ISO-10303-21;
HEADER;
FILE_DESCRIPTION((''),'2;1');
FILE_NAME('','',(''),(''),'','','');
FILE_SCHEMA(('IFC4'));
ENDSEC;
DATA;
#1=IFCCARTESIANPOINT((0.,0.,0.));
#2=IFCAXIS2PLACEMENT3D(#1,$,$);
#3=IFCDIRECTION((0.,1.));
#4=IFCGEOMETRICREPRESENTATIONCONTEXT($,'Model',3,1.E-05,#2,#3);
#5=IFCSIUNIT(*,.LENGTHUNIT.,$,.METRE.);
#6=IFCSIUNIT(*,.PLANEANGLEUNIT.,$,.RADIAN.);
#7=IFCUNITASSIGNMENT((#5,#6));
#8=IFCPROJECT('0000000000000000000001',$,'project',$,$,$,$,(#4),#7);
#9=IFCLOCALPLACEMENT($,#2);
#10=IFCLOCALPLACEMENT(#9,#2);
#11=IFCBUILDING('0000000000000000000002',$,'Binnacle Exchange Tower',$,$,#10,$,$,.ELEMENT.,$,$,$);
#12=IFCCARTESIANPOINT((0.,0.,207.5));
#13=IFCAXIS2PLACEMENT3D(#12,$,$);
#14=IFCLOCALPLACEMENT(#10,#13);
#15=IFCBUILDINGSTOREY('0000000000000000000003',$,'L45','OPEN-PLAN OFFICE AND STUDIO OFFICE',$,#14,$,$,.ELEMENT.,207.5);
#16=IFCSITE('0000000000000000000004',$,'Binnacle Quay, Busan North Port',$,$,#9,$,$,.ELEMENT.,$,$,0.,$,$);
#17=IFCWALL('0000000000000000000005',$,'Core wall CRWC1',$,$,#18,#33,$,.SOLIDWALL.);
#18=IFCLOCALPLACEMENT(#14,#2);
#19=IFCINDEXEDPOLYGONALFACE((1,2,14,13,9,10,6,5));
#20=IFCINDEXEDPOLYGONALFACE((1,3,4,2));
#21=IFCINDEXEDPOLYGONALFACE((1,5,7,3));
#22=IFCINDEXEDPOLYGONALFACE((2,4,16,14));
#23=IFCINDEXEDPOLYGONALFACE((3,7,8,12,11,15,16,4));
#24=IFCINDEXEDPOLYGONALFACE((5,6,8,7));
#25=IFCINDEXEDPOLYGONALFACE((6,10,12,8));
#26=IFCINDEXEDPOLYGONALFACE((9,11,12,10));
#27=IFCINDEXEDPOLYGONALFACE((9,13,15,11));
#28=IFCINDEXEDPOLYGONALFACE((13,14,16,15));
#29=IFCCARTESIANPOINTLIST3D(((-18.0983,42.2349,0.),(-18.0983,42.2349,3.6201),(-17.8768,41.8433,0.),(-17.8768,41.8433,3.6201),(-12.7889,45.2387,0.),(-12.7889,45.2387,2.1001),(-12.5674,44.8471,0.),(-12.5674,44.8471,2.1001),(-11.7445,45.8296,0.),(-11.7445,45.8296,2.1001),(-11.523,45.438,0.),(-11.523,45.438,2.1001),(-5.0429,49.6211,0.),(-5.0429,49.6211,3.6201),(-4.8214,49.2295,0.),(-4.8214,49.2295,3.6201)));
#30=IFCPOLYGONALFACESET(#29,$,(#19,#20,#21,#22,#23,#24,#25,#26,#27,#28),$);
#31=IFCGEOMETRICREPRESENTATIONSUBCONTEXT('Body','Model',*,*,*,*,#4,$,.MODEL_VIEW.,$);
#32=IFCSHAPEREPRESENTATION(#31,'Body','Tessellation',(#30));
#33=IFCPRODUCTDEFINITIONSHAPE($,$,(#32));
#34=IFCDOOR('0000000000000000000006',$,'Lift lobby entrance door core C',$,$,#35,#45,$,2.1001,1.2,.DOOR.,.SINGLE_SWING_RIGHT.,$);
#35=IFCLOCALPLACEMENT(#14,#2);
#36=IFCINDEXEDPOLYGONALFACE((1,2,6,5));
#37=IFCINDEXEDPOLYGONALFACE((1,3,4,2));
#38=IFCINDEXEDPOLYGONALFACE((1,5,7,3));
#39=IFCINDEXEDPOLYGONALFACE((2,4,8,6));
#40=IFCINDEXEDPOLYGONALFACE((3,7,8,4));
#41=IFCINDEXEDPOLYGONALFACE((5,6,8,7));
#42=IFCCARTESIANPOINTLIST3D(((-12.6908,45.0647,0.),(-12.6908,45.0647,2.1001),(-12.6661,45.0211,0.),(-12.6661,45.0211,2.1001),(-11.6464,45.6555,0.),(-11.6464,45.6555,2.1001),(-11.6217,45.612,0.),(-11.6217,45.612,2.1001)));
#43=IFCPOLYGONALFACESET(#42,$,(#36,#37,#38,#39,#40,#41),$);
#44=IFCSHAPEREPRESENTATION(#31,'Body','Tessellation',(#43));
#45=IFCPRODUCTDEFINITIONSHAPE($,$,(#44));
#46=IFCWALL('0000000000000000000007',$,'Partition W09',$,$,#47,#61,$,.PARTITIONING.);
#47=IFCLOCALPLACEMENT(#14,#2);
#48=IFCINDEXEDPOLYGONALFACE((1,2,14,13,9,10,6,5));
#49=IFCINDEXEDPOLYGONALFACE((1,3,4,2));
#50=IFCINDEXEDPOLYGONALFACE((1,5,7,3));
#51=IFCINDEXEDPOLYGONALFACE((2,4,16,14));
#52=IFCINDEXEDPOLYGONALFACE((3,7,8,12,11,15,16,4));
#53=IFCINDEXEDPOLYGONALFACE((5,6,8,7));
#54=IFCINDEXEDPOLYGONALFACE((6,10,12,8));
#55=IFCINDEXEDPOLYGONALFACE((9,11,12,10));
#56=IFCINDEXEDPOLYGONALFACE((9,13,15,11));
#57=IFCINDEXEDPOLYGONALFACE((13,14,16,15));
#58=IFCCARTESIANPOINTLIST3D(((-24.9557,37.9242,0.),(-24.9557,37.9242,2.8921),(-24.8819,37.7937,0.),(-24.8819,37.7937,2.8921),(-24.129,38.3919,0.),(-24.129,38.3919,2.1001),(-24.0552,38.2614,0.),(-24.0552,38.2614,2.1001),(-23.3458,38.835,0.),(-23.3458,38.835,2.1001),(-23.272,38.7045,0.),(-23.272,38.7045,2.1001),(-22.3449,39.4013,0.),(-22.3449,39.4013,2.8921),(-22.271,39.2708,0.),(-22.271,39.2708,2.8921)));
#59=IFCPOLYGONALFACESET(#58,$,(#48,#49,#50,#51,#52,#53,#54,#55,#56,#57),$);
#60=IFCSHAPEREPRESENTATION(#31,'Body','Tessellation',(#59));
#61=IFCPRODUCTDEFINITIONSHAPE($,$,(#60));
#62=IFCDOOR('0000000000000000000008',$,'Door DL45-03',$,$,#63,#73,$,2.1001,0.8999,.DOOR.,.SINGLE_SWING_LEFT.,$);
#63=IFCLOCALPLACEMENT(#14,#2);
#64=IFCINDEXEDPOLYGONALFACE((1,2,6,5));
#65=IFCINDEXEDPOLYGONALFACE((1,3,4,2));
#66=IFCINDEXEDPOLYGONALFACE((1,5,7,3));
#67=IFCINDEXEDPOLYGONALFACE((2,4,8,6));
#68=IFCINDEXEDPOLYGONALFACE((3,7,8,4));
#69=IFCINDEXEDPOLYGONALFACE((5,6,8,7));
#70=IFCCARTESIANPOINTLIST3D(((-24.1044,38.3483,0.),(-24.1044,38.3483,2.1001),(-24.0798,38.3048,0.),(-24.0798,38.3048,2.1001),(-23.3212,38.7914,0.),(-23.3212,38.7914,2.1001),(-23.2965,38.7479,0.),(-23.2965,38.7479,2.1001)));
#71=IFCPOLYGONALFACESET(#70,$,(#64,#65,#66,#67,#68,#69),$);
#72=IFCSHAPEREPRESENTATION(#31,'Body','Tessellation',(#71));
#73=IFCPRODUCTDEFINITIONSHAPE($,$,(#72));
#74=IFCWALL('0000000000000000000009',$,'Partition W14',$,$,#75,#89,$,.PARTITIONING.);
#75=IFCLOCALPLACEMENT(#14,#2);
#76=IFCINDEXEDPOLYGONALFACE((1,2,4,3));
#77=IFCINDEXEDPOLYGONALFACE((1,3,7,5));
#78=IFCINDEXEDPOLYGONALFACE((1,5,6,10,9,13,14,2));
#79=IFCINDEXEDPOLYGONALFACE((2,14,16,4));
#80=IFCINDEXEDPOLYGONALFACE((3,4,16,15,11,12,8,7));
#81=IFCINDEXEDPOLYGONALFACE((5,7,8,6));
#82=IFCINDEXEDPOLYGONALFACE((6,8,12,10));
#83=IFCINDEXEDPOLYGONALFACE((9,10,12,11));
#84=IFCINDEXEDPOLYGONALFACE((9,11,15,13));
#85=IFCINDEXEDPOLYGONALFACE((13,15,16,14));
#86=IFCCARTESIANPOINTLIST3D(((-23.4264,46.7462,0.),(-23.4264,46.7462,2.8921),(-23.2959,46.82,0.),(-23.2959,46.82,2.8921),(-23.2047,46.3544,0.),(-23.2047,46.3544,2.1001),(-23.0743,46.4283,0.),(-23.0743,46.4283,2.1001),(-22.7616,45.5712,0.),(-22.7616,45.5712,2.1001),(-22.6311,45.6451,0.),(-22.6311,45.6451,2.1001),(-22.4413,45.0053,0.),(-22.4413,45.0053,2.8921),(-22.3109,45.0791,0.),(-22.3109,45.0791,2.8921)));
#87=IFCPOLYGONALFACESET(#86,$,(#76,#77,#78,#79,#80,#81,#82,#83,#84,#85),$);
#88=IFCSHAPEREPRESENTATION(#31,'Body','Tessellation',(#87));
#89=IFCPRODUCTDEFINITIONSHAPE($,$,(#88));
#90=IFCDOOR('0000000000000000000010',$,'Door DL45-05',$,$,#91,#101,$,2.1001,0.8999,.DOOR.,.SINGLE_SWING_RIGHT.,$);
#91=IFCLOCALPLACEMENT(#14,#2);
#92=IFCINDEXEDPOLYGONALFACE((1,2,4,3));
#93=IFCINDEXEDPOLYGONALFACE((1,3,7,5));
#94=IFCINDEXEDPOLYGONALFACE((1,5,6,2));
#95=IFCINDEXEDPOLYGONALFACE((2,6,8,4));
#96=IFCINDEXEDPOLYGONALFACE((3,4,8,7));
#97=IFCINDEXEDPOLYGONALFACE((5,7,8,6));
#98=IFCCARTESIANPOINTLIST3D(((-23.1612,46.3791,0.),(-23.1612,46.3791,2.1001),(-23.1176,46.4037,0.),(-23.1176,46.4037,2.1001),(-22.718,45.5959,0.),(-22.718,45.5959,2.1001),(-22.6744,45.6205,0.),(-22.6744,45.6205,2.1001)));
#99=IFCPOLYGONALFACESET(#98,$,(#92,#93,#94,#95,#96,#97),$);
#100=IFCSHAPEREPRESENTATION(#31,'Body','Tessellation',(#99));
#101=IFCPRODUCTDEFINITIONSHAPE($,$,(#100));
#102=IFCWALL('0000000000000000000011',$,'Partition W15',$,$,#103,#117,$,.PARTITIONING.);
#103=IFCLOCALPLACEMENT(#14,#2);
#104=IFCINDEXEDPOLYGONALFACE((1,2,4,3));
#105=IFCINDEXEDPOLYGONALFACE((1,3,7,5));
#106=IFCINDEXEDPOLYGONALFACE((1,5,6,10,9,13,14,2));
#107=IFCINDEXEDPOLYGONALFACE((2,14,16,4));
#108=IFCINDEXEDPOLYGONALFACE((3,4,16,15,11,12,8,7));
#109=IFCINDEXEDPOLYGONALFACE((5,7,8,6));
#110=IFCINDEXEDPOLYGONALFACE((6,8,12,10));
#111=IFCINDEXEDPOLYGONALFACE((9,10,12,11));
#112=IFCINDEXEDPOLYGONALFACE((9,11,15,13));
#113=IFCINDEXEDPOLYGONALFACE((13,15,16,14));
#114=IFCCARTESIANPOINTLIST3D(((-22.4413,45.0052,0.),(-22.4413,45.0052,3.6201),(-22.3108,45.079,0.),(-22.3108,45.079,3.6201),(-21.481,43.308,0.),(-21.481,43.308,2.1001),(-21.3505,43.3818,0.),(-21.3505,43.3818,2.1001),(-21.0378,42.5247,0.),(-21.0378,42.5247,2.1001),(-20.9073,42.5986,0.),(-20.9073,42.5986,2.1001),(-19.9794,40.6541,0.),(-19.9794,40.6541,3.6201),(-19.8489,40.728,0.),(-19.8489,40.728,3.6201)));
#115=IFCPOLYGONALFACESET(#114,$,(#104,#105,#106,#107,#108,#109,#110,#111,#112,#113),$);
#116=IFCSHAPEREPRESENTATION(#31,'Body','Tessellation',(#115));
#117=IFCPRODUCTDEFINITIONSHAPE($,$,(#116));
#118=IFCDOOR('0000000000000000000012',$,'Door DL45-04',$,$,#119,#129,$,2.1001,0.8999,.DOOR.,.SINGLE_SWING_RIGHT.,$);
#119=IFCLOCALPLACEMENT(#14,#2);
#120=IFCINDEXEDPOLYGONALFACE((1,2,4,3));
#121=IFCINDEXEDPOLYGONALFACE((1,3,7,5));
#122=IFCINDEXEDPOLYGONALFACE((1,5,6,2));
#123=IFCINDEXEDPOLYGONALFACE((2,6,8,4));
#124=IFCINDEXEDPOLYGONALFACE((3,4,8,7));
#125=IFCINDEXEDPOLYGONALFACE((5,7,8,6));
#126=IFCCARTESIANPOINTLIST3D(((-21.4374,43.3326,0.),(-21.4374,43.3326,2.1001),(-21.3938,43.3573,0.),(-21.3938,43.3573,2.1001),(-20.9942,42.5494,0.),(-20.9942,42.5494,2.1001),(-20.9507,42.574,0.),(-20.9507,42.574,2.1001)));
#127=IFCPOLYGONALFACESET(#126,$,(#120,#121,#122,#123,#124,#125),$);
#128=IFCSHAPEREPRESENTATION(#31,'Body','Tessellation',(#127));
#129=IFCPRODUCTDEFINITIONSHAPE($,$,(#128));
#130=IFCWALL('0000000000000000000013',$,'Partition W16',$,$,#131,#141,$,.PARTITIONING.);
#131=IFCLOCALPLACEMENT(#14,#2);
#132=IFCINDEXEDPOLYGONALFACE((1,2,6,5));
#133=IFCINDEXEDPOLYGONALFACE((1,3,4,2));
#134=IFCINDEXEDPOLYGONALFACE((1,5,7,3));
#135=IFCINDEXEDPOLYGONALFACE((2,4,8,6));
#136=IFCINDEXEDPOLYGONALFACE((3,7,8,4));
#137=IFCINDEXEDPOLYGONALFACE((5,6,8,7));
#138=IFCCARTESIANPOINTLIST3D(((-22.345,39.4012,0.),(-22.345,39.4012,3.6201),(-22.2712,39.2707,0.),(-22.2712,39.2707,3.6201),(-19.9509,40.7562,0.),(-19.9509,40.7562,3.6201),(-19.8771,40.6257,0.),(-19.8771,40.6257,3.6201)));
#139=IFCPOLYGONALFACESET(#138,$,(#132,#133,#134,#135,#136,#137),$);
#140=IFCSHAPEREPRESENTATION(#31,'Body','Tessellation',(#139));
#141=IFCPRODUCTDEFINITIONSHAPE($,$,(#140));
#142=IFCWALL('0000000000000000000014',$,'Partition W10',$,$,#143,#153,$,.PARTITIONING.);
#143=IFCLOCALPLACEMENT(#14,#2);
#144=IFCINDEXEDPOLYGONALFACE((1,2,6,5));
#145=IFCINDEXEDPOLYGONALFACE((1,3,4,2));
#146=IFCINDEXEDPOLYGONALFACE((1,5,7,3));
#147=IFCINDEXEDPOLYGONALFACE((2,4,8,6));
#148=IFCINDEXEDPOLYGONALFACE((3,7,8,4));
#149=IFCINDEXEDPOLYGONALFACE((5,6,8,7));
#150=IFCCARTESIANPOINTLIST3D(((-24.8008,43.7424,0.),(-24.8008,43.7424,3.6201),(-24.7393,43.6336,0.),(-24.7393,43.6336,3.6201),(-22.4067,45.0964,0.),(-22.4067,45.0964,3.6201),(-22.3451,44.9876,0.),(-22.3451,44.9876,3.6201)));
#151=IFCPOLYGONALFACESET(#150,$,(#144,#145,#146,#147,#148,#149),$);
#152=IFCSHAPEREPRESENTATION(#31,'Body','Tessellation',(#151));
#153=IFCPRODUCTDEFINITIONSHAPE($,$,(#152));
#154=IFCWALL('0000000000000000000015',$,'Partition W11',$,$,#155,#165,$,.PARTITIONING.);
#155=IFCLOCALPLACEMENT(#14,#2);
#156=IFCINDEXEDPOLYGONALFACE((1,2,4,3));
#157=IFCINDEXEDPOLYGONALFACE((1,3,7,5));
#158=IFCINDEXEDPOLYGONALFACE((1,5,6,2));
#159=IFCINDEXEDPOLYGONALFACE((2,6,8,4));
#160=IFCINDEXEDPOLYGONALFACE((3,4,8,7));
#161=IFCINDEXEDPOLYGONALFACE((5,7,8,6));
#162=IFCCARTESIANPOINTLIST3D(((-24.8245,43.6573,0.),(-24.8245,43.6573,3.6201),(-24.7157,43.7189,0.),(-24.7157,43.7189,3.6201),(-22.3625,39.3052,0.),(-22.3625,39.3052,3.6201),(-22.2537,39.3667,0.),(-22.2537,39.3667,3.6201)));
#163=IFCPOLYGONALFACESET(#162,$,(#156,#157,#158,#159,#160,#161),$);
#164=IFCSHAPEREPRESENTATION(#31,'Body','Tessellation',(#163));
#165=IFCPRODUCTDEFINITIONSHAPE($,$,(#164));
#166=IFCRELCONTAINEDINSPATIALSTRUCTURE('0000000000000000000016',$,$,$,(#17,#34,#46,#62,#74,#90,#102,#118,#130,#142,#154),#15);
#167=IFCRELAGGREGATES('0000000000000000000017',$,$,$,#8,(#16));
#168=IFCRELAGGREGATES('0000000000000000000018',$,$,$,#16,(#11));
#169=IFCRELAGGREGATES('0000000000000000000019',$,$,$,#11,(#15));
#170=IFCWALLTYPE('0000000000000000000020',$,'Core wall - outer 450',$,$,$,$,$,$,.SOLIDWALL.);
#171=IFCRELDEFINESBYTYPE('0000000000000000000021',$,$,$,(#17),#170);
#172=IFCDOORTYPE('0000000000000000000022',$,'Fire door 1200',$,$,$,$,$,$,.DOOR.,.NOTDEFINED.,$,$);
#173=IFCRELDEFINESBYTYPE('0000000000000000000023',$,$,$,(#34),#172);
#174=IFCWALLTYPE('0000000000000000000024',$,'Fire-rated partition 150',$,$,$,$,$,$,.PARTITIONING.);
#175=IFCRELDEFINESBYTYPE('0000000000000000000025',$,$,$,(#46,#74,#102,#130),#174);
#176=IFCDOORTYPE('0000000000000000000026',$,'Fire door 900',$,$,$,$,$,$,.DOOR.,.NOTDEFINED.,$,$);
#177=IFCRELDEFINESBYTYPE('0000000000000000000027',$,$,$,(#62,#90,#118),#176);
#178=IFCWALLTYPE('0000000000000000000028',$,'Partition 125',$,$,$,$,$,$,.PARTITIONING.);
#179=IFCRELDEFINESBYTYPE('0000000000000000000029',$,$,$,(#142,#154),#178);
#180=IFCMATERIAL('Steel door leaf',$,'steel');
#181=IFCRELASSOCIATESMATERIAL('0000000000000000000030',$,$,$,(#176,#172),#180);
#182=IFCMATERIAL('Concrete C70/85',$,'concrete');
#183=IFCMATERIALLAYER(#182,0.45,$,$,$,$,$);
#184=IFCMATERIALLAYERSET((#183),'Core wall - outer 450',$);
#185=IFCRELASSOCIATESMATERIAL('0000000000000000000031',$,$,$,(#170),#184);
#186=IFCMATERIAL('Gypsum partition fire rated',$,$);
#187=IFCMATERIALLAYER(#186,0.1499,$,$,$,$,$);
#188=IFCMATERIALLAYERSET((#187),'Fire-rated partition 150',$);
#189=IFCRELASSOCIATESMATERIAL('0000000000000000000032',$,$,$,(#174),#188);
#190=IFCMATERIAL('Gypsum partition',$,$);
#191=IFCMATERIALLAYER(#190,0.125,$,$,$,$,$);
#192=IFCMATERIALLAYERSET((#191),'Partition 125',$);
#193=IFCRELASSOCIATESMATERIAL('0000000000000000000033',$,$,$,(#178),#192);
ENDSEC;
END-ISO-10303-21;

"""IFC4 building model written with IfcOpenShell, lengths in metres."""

from ifc_helpers import new_model, si_unit, direction, frame, frame_2d, origin, place, context, subcontext, project, spatial, rectangle, extrude, material, layer, layer_set, type_object, element, fill, save


model = new_model("IFC4")

# Units and contexts
model_context = context("Model", 3, precision=1e-05, world=origin(), true_north=direction((0.0, 1.0)))
body_context = subcontext(model_context, "Body", "Model", "MODEL_VIEW")
ifc_project = project(units=[si_unit("LENGTHUNIT", "METRE"), si_unit("PLANEANGLEUNIT", "RADIAN")], contexts=[model_context])

# Site, building, storey
site_placement = place(None, origin())
site = spatial("IfcSite", under=ifc_project, at=site_placement, Name="Binnacle Quay, Busan North Port", CompositionType="ELEMENT", RefElevation=0.0)
building_placement = place(site_placement, origin())
building = spatial("IfcBuilding", under=site, at=building_placement, Name="Binnacle Exchange Tower", CompositionType="ELEMENT")
storey_placement = place(building_placement, frame((0.0, 0.0, 207.5)))
storey = spatial("IfcBuildingStorey", under=building, at=storey_placement, Name="L45", Description="OPEN-PLAN OFFICE AND STUDIO OFFICE", CompositionType="ELEMENT", Elevation=207.5)

# Shared definitions
ifc_material_1 = material(Name="Concrete C70/85", Category="concrete")
ifc_material_2 = material(Name="Steel door leaf", Category="steel")
door_type_1 = type_object("IfcDoorType", Name="Fire door 900", OperationType="NOTDEFINED", PredefinedType="DOOR", material=ifc_material_2)

# Walls, openings, doors
ifc_layer_1 = layer(ifc_material_1, 0.45)
ifc_layer_set_1 = layer_set([ifc_layer_1], Name="Core wall - outer 450")
wall_type_1 = type_object("IfcWallType", Name="Core wall - outer 450", PredefinedType="SOLIDWALL", material=ifc_layer_set_1)
wall_1_placement = place(storey_placement, frame((-17.9875, 42.0391, 0.0), z_axis=(0.0, 0.0, 1.0), x_axis=(0.870361, 0.492415, 0.0)))
wall_1 = element("IfcWall", 1, at=wall_1_placement, inside=storey, type_object=wall_type_1, Name="Core wall CRWC1", PredefinedType="SOLIDWALL", context=body_context, shape_type="SweptSolid", body=[
    extrude(rectangle(XDim=15.0, YDim=0.45, at=frame_2d((7.5, 0.0))), origin(), (0.0, 0.0, 1.0), 3.6201),
])
opening_1_placement = place(wall_1_placement, frame((6.1001, 0.0, 0.0)))
opening_1 = element("IfcOpeningElement", 2, at=opening_1_placement, cuts=wall_1, PredefinedType="OPENING", context=body_context, shape_type="SweptSolid", body=[
    extrude(rectangle(XDim=1.2, YDim=2.1001, at=frame_2d((0.6001, 1.05))), frame((0.0, 0.2349, 0.0), z_axis=(0.0, -1.0, 0.0), x_axis=(1.0, 0.0, 0.0)), (0.0, 0.0, 1.0), 0.47),
])
door_type_2 = type_object("IfcDoorType", Name="Fire door 1200", OperationType="NOTDEFINED", PredefinedType="DOOR", material=ifc_material_2)
door_1_placement = place(opening_1_placement, frame((1.2, 0.0, 0.0), z_axis=(0.0, 0.0, 1.0), x_axis=(-1.0, 0.0, 0.0)))
door_1 = element("IfcDoor", 3, at=door_1_placement, inside=storey, type_object=door_type_2, Name="Lift lobby entrance door core C", OperationType="SINGLE_SWING_RIGHT", OverallHeight=2.1001, OverallWidth=1.2, PredefinedType="DOOR", context=body_context, shape_type="SweptSolid", body=[
    extrude(rectangle(XDim=1.2, YDim=2.1001, at=frame_2d((0.6001, 1.05))), frame((0.0, 0.0249, 0.0), z_axis=(0.0, -1.0, 0.0), x_axis=(1.0, 0.0, 0.0)), (0.0, 0.0, 1.0), 0.05),
])
fill(opening_1, door_1)
ifc_material_3 = material(Name="Gypsum partition fire rated")
ifc_layer_2 = layer(ifc_material_3, 0.1499)
ifc_layer_set_2 = layer_set([ifc_layer_2], Name="Fire-rated partition 150")
wall_type_2 = type_object("IfcWallType", Name="Fire-rated partition 150", PredefinedType="PARTITIONING", material=ifc_layer_set_2)
wall_2_placement = place(storey_placement, frame((-24.9189, 37.8589, 0.0), z_axis=(0.0, 0.0, 1.0), x_axis=(0.870369, 0.4924, 0.0)))
wall_2 = element("IfcWall", 4, at=wall_2_placement, inside=storey, type_object=wall_type_2, Name="Partition W09", PredefinedType="PARTITIONING", context=body_context, shape_type="SweptSolid", body=[
    extrude(rectangle(XDim=2.9998, YDim=0.1499, at=frame_2d((1.5, 0.0))), origin(), (0.0, 0.0, 1.0), 2.8921),
])
opening_2_placement = place(wall_2_placement, frame((0.95, 0.0, 0.0)))
opening_2 = element("IfcOpeningElement", 5, at=opening_2_placement, cuts=wall_2, PredefinedType="OPENING", context=body_context, shape_type="SweptSolid", body=[
    extrude(rectangle(XDim=0.8999, YDim=2.1001, at=frame_2d((0.45, 1.05))), frame((0.0, 0.085, 0.0), z_axis=(0.0, -1.0, 0.0), x_axis=(1.0, 0.0, 0.0)), (0.0, 0.0, 1.0), 0.1699),
])
door_2_placement = place(opening_2_placement, origin())
door_2 = element("IfcDoor", 6, at=door_2_placement, inside=storey, type_object=door_type_1, Name="Door DL45-03", OperationType="SINGLE_SWING_LEFT", OverallHeight=2.1001, OverallWidth=0.8999, PredefinedType="DOOR", context=body_context, shape_type="SweptSolid", body=[
    extrude(rectangle(XDim=0.8999, YDim=2.1001, at=frame_2d((0.45, 1.05))), frame((0.0, 0.0249, 0.0), z_axis=(0.0, -1.0, 0.0), x_axis=(1.0, 0.0, 0.0)), (0.0, 0.0, 1.0), 0.05),
])
fill(opening_2, door_2)
wall_3_placement = place(storey_placement, frame((-23.3611, 46.783, 0.0), z_axis=(0.0, 0.0, 1.0), x_axis=(0.492467, -0.870331, 0.0)))
wall_3 = element("IfcWall", 7, at=wall_3_placement, inside=storey, type_object=wall_type_2, Name="Partition W14", PredefinedType="PARTITIONING", context=body_context, shape_type="SweptSolid", body=[
    extrude(rectangle(XDim=2.0002, YDim=0.1499, at=frame_2d((1.0, 0.0))), origin(), (0.0, 0.0, 1.0), 2.8921),
])
opening_3_placement = place(wall_3_placement, frame((0.45, 0.0, 0.0)))
opening_3 = element("IfcOpeningElement", 8, at=opening_3_placement, cuts=wall_3, PredefinedType="OPENING", context=body_context, shape_type="SweptSolid", body=[
    extrude(rectangle(XDim=0.8999, YDim=2.1001, at=frame_2d((0.45, 1.05))), frame((0.0, 0.085, 0.0), z_axis=(0.0, -1.0, 0.0), x_axis=(1.0, 0.0, 0.0)), (0.0, 0.0, 1.0), 0.1699),
])
door_3_placement = place(opening_3_placement, frame((0.8999, 0.0, 0.0), z_axis=(0.0, 0.0, 1.0), x_axis=(-1.0, 0.0, 0.0)))
door_3 = element("IfcDoor", 9, at=door_3_placement, inside=storey, type_object=door_type_1, Name="Door DL45-05", OperationType="SINGLE_SWING_RIGHT", OverallHeight=2.1001, OverallWidth=0.8999, PredefinedType="DOOR", context=body_context, shape_type="SweptSolid", body=[
    extrude(rectangle(XDim=0.8999, YDim=2.1001, at=frame_2d((0.45, 1.05))), frame((0.0, 0.0249, 0.0), z_axis=(0.0, -1.0, 0.0), x_axis=(1.0, 0.0, 0.0)), (0.0, 0.0, 1.0), 0.05),
])
fill(opening_3, door_3)
wall_4_placement = place(storey_placement, frame((-22.376, 45.042, 0.0), z_axis=(0.0, 0.0, 1.0), x_axis=(0.492453, -0.870339, 0.0)))
wall_4 = element("IfcWall", 10, at=wall_4_placement, inside=storey, type_object=wall_type_2, Name="Partition W15", PredefinedType="PARTITIONING", context=body_context, shape_type="SweptSolid", body=[
    extrude(rectangle(XDim=4.9993, YDim=0.1499, at=frame_2d((2.4995, 0.0))), origin(), (0.0, 0.0, 1.0), 3.6201),
])
opening_4_placement = place(wall_4_placement, frame((1.95, 0.0, 0.0)))
opening_4 = element("IfcOpeningElement", 11, at=opening_4_placement, cuts=wall_4, PredefinedType="OPENING", context=body_context, shape_type="SweptSolid", body=[
    extrude(rectangle(XDim=0.8999, YDim=2.1001, at=frame_2d((0.45, 1.05))), frame((0.0, 0.085, 0.0), z_axis=(0.0, -1.0, 0.0), x_axis=(1.0, 0.0, 0.0)), (0.0, 0.0, 1.0), 0.1699),
])
door_4_placement = place(opening_4_placement, frame((0.8999, 0.0, 0.0), z_axis=(0.0, 0.0, 1.0), x_axis=(-1.0, 0.0, 0.0)))
door_4 = element("IfcDoor", 12, at=door_4_placement, inside=storey, type_object=door_type_1, Name="Door DL45-04", OperationType="SINGLE_SWING_RIGHT", OverallHeight=2.1001, OverallWidth=0.8999, PredefinedType="DOOR", context=body_context, shape_type="SweptSolid", body=[
    extrude(rectangle(XDim=0.8999, YDim=2.1001, at=frame_2d((0.45, 1.05))), frame((0.0, 0.0249, 0.0), z_axis=(0.0, -1.0, 0.0), x_axis=(1.0, 0.0, 0.0)), (0.0, 0.0, 1.0), 0.05),
])
fill(opening_4, door_4)

# Walls
wall_5_placement = place(storey_placement, frame((-22.3081, 39.3359, 0.0), z_axis=(0.0, 0.0, 1.0), x_axis=(0.870278, 0.49256, 0.0)))
element("IfcWall", 13, at=wall_5_placement, inside=storey, type_object=wall_type_2, Name="Partition W16", PredefinedType="PARTITIONING", context=body_context, shape_type="SweptSolid", body=[
    extrude(rectangle(XDim=2.751, YDim=0.1499, at=frame_2d((1.3755, 0.0))), origin(), (0.0, 0.0, 1.0), 3.6201),
])
ifc_material_4 = material(Name="Gypsum partition")
ifc_layer_3 = layer(ifc_material_4, 0.125)
ifc_layer_set_3 = layer_set([ifc_layer_3], Name="Partition 125")
wall_type_3 = type_object("IfcWallType", Name="Partition 125", PredefinedType="PARTITIONING", material=ifc_layer_set_3)
wall_6_placement = place(storey_placement, frame((-24.77, 43.688, 0.0), z_axis=(0.0, 0.0, 1.0), x_axis=(0.870431, 0.492291, 0.0)))
element("IfcWall", 14, at=wall_6_placement, inside=storey, type_object=wall_type_3, Name="Partition W10", PredefinedType="PARTITIONING", context=body_context, shape_type="SweptSolid", body=[
    extrude(rectangle(XDim=2.7505, YDim=0.125, at=frame_2d((1.3752, 0.0))), origin(), (0.0, 0.0, 1.0), 3.6201),
])
wall_7_placement = place(storey_placement, frame((-24.77, 43.688, 0.0), z_axis=(0.0, 0.0, 1.0), x_axis=(0.492369, -0.870386, 0.0)))
element("IfcWall", 15, at=wall_7_placement, inside=storey, type_object=wall_type_3, Name="Partition W11", PredefinedType="PARTITIONING", context=body_context, shape_type="SweptSolid", body=[
    extrude(rectangle(XDim=5.0002, YDim=0.125, at=frame_2d((2.5, 0.0))), origin(), (0.0, 0.0, 1.0), 3.6201),
])

save(model, "model.ifc")
